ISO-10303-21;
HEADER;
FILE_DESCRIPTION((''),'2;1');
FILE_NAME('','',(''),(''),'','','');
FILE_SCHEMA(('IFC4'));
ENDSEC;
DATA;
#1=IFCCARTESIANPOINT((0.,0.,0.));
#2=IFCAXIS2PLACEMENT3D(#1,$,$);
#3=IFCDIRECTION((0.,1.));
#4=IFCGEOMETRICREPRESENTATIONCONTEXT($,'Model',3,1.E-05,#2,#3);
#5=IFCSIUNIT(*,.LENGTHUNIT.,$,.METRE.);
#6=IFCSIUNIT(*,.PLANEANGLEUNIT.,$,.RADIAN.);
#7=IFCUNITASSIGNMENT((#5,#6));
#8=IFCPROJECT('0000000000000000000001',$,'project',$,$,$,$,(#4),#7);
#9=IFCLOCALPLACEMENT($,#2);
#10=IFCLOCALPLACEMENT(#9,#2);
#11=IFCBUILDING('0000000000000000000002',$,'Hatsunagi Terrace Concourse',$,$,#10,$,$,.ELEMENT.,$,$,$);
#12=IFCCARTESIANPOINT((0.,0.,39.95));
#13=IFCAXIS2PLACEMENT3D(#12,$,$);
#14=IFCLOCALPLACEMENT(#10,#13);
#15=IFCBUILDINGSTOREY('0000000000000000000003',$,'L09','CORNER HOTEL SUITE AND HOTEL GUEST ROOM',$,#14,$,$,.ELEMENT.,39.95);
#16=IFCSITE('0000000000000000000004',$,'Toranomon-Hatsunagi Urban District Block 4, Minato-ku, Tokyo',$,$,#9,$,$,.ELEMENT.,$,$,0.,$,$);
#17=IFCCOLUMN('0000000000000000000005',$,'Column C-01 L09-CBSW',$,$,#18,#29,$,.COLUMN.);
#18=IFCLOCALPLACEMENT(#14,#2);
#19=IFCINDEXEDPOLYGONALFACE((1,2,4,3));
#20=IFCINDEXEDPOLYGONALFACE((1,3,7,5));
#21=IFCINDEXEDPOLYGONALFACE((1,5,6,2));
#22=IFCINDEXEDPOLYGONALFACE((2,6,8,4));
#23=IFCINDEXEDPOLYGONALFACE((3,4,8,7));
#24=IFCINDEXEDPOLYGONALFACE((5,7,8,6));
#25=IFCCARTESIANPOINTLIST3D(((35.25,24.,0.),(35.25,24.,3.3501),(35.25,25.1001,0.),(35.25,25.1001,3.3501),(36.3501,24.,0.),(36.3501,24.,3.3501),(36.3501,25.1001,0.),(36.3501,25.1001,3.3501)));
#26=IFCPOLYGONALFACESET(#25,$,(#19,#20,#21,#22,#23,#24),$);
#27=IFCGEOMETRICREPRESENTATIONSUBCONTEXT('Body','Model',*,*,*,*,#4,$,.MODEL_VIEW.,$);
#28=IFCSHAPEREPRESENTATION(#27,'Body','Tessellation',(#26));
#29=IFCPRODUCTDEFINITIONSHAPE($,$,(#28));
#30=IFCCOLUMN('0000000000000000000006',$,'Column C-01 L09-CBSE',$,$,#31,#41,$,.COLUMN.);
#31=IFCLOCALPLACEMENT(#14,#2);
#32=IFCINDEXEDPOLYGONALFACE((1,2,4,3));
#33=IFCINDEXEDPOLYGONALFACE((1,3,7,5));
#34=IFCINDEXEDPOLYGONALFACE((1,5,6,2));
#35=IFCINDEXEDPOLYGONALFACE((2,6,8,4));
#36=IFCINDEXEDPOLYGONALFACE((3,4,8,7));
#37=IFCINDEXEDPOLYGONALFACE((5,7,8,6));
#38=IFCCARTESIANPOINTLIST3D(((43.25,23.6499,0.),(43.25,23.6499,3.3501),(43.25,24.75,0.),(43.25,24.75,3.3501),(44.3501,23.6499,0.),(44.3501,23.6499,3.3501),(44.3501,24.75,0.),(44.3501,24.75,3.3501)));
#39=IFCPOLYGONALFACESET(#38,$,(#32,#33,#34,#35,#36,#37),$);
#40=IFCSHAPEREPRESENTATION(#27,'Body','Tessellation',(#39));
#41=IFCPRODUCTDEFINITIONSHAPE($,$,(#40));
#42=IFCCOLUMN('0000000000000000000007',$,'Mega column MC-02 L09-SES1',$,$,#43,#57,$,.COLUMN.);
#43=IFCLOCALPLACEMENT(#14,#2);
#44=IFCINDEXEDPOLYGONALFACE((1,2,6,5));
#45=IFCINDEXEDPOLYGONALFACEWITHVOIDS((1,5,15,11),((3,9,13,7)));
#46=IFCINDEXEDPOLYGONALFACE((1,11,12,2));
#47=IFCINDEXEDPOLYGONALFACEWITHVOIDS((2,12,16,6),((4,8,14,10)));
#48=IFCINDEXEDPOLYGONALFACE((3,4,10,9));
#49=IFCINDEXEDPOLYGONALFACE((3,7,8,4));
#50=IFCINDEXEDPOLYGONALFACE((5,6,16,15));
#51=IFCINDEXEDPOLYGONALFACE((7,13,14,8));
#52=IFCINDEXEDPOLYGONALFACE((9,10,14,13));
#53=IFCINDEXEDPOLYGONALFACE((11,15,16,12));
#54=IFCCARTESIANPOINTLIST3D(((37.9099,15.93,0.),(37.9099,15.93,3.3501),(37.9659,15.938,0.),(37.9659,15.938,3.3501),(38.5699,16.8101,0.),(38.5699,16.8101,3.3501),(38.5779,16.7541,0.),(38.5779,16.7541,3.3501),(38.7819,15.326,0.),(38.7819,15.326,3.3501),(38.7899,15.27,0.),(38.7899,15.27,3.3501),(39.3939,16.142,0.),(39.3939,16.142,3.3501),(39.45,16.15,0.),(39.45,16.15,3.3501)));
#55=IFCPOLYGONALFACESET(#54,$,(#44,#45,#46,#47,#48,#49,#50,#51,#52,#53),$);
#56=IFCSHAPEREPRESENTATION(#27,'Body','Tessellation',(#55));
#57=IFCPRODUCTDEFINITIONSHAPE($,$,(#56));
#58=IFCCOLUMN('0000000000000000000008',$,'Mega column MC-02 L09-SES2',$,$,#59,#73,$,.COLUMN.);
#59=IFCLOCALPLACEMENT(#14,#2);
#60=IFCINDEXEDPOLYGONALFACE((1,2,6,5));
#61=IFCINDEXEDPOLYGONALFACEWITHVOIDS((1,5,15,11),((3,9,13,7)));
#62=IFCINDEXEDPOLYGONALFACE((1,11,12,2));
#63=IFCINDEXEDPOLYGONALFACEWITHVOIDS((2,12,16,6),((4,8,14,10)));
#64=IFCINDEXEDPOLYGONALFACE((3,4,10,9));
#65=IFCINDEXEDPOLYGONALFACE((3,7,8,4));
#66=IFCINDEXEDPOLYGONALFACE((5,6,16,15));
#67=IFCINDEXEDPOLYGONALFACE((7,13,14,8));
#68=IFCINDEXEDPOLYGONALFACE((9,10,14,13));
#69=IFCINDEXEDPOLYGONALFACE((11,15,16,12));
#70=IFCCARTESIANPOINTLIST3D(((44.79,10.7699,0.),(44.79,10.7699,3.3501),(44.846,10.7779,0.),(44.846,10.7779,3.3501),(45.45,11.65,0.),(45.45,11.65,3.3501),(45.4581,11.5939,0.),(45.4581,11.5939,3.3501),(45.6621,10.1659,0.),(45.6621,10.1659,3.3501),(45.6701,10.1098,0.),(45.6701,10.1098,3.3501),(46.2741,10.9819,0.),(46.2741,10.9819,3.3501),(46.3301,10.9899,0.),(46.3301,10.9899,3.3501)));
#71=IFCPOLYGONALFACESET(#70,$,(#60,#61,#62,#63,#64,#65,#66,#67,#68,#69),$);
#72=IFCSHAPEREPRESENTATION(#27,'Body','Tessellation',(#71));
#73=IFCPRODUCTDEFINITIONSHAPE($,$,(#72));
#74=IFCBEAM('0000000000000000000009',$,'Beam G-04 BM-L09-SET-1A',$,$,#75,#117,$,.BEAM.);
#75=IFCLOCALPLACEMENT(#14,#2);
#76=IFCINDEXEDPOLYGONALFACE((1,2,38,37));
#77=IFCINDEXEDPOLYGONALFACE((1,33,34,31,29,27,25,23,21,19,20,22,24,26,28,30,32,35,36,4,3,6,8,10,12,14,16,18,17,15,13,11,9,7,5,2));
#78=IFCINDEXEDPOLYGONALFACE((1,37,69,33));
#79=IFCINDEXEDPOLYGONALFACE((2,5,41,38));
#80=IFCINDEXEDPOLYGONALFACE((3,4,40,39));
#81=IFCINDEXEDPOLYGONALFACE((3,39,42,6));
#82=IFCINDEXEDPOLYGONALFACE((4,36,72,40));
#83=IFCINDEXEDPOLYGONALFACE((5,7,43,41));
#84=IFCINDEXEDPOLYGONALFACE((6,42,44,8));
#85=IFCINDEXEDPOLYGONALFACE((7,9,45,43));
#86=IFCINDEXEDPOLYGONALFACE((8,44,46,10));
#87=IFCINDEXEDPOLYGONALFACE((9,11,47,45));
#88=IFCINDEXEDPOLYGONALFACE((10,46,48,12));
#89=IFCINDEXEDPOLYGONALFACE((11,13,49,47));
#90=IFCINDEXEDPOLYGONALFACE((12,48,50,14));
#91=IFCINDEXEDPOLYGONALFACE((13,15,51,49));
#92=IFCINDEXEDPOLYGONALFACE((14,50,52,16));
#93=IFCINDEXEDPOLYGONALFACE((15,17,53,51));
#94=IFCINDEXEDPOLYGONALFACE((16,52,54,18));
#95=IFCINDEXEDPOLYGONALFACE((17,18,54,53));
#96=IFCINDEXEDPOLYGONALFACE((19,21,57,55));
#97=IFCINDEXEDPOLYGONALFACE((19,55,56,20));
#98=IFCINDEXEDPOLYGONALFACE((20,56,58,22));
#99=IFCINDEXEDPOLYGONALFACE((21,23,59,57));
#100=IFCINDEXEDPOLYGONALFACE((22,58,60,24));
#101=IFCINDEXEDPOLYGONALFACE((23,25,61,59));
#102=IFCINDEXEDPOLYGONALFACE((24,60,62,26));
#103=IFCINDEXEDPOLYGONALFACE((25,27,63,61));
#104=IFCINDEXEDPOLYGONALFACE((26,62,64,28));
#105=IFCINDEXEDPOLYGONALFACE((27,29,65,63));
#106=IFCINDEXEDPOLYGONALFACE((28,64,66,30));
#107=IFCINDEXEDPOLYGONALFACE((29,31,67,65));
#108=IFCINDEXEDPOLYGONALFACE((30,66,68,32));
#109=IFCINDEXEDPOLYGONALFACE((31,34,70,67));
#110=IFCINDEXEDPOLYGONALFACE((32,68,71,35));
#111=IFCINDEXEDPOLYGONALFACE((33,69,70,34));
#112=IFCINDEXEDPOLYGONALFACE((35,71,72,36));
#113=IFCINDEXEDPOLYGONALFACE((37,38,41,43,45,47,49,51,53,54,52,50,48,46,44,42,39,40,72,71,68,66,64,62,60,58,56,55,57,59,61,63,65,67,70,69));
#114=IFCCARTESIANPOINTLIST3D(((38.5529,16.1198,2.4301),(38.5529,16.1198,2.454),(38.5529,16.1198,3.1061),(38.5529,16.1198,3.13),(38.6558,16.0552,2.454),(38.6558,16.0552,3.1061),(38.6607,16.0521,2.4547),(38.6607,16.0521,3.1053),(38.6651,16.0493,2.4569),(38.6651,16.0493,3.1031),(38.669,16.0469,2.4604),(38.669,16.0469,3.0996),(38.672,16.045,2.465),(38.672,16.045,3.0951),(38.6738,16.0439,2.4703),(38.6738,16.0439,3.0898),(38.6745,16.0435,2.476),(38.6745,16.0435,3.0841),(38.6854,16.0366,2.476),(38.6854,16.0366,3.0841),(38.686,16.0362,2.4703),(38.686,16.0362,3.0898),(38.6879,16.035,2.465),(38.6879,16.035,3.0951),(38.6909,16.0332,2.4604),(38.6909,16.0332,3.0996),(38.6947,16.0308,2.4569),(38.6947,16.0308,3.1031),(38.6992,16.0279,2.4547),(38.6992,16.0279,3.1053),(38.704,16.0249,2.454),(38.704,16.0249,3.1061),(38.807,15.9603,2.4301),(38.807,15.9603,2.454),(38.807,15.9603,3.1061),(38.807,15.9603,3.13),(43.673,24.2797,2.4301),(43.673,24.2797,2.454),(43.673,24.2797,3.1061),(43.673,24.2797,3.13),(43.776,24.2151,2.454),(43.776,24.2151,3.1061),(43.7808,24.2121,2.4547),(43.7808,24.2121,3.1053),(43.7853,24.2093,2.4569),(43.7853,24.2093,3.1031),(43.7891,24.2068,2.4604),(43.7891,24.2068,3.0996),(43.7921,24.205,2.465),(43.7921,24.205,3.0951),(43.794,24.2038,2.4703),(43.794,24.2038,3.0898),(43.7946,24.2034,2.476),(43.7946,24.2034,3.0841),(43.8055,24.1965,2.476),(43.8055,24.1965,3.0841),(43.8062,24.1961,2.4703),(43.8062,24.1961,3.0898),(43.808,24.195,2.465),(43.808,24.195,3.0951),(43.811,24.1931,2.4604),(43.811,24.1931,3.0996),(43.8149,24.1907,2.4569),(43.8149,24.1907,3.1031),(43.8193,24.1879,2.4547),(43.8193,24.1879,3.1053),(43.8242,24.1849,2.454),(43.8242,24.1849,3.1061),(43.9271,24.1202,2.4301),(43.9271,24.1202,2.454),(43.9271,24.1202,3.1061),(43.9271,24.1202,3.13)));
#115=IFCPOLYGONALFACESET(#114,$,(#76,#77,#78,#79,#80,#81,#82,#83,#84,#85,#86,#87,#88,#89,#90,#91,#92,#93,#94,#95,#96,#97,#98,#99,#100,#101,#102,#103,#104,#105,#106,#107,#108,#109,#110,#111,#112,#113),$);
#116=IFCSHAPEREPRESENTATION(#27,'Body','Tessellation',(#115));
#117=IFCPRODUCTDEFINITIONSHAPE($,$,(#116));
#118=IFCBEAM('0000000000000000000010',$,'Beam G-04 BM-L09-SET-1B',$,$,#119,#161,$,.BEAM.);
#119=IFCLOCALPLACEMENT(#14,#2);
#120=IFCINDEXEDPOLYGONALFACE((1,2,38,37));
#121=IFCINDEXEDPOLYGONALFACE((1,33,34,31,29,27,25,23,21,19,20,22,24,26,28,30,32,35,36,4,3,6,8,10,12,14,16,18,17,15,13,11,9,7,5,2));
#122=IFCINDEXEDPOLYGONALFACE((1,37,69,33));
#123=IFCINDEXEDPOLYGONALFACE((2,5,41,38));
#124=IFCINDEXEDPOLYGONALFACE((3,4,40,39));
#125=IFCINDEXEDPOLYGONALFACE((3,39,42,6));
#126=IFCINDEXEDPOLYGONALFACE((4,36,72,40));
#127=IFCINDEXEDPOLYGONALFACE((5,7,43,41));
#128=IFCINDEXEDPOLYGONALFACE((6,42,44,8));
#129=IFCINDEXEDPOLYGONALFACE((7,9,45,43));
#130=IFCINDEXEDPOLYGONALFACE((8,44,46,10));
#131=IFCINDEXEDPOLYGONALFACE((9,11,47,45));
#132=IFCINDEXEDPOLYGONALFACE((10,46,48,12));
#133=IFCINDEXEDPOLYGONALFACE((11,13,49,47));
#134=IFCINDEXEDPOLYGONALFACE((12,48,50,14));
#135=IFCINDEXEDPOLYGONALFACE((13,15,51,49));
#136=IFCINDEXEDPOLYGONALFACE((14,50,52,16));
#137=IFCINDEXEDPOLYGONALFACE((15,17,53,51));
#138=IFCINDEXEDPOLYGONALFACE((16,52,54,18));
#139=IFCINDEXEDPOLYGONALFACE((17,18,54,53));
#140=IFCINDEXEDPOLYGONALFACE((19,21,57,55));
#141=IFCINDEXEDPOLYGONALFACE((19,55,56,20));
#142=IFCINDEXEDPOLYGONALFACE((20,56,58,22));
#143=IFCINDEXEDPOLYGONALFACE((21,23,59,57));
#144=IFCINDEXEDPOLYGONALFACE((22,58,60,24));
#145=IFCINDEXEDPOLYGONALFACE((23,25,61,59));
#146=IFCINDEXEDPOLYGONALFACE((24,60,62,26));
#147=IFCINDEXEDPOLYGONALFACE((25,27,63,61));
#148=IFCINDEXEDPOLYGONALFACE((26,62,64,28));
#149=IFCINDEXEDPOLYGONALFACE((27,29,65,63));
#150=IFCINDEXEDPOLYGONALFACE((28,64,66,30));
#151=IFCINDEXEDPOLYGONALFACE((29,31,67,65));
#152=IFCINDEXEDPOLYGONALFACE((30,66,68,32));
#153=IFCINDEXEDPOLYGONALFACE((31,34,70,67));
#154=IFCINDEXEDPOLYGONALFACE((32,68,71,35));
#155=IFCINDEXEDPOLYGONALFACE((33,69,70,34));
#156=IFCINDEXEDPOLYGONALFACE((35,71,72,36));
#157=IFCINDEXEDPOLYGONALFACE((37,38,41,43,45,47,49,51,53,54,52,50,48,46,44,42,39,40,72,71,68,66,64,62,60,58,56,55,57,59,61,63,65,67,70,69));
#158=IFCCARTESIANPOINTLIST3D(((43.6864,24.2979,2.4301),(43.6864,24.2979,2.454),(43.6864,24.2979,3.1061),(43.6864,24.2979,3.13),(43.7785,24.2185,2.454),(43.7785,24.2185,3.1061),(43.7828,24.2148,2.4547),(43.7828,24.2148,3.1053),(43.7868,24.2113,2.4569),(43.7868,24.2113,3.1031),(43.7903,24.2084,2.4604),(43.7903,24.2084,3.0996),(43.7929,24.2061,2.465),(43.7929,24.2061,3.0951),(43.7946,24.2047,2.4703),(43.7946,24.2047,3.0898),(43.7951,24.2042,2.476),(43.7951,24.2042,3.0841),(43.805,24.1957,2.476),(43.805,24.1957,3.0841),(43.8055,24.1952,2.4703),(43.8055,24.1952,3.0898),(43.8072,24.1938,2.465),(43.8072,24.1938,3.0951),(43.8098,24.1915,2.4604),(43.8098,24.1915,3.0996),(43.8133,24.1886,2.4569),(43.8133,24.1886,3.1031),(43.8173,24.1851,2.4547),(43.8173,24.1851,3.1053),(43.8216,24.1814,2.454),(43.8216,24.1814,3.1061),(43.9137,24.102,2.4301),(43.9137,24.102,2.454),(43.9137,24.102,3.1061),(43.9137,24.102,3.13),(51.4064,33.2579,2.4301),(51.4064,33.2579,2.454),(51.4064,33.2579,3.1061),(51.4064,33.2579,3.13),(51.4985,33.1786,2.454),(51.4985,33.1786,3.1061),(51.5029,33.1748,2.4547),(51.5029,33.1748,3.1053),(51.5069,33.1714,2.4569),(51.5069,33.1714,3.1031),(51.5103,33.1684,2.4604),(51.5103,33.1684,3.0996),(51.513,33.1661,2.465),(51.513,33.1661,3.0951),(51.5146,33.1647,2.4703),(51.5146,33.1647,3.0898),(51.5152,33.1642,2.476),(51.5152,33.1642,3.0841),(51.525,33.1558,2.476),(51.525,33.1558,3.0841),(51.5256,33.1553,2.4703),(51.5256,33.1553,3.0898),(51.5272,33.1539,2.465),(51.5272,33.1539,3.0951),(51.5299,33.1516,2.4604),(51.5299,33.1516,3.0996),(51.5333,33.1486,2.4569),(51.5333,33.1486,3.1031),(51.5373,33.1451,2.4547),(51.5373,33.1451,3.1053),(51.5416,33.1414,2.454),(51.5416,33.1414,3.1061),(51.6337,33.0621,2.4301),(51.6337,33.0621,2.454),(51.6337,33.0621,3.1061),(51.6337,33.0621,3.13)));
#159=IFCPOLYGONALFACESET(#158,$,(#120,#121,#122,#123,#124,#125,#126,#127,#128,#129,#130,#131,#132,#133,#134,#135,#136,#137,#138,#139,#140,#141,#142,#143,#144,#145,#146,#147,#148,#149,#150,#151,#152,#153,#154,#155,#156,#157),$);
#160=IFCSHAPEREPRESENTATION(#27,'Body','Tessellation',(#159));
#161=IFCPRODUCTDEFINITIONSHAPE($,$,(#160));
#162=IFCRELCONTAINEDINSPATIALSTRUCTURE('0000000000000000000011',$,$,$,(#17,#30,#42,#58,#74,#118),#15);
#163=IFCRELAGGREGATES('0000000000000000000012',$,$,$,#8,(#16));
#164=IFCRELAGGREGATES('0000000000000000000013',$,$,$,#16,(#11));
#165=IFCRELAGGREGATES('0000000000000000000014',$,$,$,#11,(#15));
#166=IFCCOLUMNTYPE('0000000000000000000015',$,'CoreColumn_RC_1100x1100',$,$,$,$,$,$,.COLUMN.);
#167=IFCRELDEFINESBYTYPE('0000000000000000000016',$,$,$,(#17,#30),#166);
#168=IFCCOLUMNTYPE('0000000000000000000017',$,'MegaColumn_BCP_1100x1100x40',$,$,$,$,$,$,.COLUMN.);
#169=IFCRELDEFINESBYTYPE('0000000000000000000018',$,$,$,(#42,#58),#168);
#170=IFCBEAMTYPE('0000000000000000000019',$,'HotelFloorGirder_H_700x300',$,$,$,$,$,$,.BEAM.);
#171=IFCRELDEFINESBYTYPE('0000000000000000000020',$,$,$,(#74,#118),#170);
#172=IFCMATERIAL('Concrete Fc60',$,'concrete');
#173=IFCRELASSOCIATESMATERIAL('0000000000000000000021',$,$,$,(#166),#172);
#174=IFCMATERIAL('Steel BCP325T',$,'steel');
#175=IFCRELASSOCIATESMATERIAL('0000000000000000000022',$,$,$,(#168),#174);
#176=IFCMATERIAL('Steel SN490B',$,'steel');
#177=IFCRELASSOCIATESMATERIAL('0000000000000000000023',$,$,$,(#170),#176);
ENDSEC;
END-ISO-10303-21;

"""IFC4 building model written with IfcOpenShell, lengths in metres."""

from ifc_helpers import new_model, si_unit, direction, frame, origin, origin_2d, place, context, subcontext, project, spatial, rectangle, hollow_rectangle, i_section, extrude, material, material_profile, profile_set, type_object, element, save


model = new_model("IFC4")

# Units and contexts
model_context = context("Model", 3, precision=1e-05, world=origin(), true_north=direction((0.0, 1.0)))
body_context = subcontext(model_context, "Body", "Model", "MODEL_VIEW")
ifc_project = project(units=[si_unit("LENGTHUNIT", "METRE"), si_unit("PLANEANGLEUNIT", "RADIAN")], contexts=[model_context])

# Site, building, storey
site_placement = place(None, origin())
site = spatial("IfcSite", under=ifc_project, at=site_placement, Name="Toranomon-Hatsunagi Urban District Block 4, Minato-ku, Tokyo", CompositionType="ELEMENT", RefElevation=0.0)
building_placement = place(site_placement, origin())
building = spatial("IfcBuilding", under=site, at=building_placement, Name="Hatsunagi Terrace Concourse", CompositionType="ELEMENT")
storey_placement = place(building_placement, frame((0.0, 0.0, 39.95)))
storey = spatial("IfcBuildingStorey", under=building, at=storey_placement, Name="L09", Description="CORNER HOTEL SUITE AND HOTEL GUEST ROOM", CompositionType="ELEMENT", Elevation=39.95)

# Columns
ifc_material_1 = material(Name="Concrete Fc60", Category="concrete")
ifc_material_profile_1 = material_profile(ifc_material_1, rectangle(XDim=1.1001, YDim=1.1001, at=origin_2d()), Name="RC-1100x1100")
ifc_profile_set_1 = profile_set([ifc_material_profile_1], Name="Concrete Fc60")
column_type_1 = type_object("IfcColumnType", Name="CoreColumn_RC_1100x1100", PredefinedType="COLUMN", material=ifc_profile_set_1)
for number, where, z_axis, x_axis, name in (
    (1, (35.8, 24.55, 0.0), (0.0, 0.0, 1.0), (1.0, 0.0, 0.0), "Column C-01 L09-CBSW"),
    (2, (43.8, 24.2, 0.0), (0.0, 0.0, 1.0), (1.0, 0.0, 0.0), "Column C-01 L09-CBSE"),
):
    element("IfcColumn", number, at=place(storey_placement, frame(where, z_axis=z_axis, x_axis=x_axis)), inside=storey, type_object=column_type_1, Name=name, PredefinedType="COLUMN", context=body_context, shape_type="SweptSolid", body=[
        extrude(rectangle(XDim=1.1001, YDim=1.1001, at=origin_2d()), origin(), (0.0, 0.0, 1.0), 3.3501),
    ])
ifc_material_2 = material(Name="Steel BCP325T", Category="steel")
ifc_material_profile_2 = material_profile(ifc_material_2, hollow_rectangle(XDim=1.1001, YDim=1.1001, WallThickness=0.04, at=origin_2d()), Name="BCP-1100x1100x40")
ifc_profile_set_2 = profile_set([ifc_material_profile_2], Name="Steel BCP325T")
column_type_2 = type_object("IfcColumnType", Name="MegaColumn_BCP_1100x1100x40", PredefinedType="COLUMN", material=ifc_profile_set_2)
for number, where, z_axis, x_axis, name in (
    (3, (38.6799, 16.04, 0.0), (0.0, 0.0, 1.0), (0.8, -0.6, 0.0), "Mega column MC-02 L09-SES1"),
    (4, (45.5601, 10.8799, 0.0), (0.0, 0.0, 1.0), (0.8, -0.6, 0.0), "Mega column MC-02 L09-SES2"),
):
    element("IfcColumn", number, at=place(storey_placement, frame(where, z_axis=z_axis, x_axis=x_axis)), inside=storey, type_object=column_type_2, Name=name, PredefinedType="COLUMN", context=body_context, shape_type="SweptSolid", body=[
        extrude(hollow_rectangle(XDim=1.1001, YDim=1.1001, WallThickness=0.04, at=origin_2d()), origin(), (0.0, 0.0, 1.0), 3.3501),
    ])

# Beams
ifc_material_3 = material(Name="Steel SN490B", Category="steel")
ifc_material_profile_3 = material_profile(ifc_material_3, i_section(OverallWidth=0.3, OverallDepth=0.7, WebThickness=0.0129, FlangeThickness=0.0239, FilletRadius=0.022, at=origin_2d()), Name="H-700x300x13x24")
ifc_profile_set_3 = profile_set([ifc_material_profile_3], Name="Steel SN490B")
beam_type_1 = type_object("IfcBeamType", Name="HotelFloorGirder_H_700x300", PredefinedType="BEAM", material=ifc_profile_set_3)
beam_1_placement = place(storey_placement, frame((38.6799, 16.04, 2.78), z_axis=(0.531504, 0.847056, 0.0), x_axis=(-0.847056, 0.531504, 0.0)))
element("IfcBeam", 5, at=beam_1_placement, inside=storey, type_object=beam_type_1, Name="Beam G-04 BM-L09-SET-1A", PredefinedType="BEAM", context=body_context, shape_type="SweptSolid", body=[
    extrude(i_section(OverallWidth=0.3, OverallDepth=0.7, WebThickness=0.0129, FlangeThickness=0.0239, FilletRadius=0.022, at=origin_2d()), origin(), (0.0, 0.0, 1.0), 9.6333),
])
beam_2_placement = place(storey_placement, frame((43.8, 24.2, 2.78), z_axis=(0.652739, 0.757583, 0.0), x_axis=(-0.757583, 0.652739, 0.0)))
element("IfcBeam", 6, at=beam_2_placement, inside=storey, type_object=beam_type_1, Name="Beam G-04 BM-L09-SET-1B", PredefinedType="BEAM", context=body_context, shape_type="SweptSolid", body=[
    extrude(i_section(OverallWidth=0.3, OverallDepth=0.7, WebThickness=0.0129, FlangeThickness=0.0239, FilletRadius=0.022, at=origin_2d()), origin(), (0.0, 0.0, 1.0), 11.8271),
])

save(model, "model.ifc")
